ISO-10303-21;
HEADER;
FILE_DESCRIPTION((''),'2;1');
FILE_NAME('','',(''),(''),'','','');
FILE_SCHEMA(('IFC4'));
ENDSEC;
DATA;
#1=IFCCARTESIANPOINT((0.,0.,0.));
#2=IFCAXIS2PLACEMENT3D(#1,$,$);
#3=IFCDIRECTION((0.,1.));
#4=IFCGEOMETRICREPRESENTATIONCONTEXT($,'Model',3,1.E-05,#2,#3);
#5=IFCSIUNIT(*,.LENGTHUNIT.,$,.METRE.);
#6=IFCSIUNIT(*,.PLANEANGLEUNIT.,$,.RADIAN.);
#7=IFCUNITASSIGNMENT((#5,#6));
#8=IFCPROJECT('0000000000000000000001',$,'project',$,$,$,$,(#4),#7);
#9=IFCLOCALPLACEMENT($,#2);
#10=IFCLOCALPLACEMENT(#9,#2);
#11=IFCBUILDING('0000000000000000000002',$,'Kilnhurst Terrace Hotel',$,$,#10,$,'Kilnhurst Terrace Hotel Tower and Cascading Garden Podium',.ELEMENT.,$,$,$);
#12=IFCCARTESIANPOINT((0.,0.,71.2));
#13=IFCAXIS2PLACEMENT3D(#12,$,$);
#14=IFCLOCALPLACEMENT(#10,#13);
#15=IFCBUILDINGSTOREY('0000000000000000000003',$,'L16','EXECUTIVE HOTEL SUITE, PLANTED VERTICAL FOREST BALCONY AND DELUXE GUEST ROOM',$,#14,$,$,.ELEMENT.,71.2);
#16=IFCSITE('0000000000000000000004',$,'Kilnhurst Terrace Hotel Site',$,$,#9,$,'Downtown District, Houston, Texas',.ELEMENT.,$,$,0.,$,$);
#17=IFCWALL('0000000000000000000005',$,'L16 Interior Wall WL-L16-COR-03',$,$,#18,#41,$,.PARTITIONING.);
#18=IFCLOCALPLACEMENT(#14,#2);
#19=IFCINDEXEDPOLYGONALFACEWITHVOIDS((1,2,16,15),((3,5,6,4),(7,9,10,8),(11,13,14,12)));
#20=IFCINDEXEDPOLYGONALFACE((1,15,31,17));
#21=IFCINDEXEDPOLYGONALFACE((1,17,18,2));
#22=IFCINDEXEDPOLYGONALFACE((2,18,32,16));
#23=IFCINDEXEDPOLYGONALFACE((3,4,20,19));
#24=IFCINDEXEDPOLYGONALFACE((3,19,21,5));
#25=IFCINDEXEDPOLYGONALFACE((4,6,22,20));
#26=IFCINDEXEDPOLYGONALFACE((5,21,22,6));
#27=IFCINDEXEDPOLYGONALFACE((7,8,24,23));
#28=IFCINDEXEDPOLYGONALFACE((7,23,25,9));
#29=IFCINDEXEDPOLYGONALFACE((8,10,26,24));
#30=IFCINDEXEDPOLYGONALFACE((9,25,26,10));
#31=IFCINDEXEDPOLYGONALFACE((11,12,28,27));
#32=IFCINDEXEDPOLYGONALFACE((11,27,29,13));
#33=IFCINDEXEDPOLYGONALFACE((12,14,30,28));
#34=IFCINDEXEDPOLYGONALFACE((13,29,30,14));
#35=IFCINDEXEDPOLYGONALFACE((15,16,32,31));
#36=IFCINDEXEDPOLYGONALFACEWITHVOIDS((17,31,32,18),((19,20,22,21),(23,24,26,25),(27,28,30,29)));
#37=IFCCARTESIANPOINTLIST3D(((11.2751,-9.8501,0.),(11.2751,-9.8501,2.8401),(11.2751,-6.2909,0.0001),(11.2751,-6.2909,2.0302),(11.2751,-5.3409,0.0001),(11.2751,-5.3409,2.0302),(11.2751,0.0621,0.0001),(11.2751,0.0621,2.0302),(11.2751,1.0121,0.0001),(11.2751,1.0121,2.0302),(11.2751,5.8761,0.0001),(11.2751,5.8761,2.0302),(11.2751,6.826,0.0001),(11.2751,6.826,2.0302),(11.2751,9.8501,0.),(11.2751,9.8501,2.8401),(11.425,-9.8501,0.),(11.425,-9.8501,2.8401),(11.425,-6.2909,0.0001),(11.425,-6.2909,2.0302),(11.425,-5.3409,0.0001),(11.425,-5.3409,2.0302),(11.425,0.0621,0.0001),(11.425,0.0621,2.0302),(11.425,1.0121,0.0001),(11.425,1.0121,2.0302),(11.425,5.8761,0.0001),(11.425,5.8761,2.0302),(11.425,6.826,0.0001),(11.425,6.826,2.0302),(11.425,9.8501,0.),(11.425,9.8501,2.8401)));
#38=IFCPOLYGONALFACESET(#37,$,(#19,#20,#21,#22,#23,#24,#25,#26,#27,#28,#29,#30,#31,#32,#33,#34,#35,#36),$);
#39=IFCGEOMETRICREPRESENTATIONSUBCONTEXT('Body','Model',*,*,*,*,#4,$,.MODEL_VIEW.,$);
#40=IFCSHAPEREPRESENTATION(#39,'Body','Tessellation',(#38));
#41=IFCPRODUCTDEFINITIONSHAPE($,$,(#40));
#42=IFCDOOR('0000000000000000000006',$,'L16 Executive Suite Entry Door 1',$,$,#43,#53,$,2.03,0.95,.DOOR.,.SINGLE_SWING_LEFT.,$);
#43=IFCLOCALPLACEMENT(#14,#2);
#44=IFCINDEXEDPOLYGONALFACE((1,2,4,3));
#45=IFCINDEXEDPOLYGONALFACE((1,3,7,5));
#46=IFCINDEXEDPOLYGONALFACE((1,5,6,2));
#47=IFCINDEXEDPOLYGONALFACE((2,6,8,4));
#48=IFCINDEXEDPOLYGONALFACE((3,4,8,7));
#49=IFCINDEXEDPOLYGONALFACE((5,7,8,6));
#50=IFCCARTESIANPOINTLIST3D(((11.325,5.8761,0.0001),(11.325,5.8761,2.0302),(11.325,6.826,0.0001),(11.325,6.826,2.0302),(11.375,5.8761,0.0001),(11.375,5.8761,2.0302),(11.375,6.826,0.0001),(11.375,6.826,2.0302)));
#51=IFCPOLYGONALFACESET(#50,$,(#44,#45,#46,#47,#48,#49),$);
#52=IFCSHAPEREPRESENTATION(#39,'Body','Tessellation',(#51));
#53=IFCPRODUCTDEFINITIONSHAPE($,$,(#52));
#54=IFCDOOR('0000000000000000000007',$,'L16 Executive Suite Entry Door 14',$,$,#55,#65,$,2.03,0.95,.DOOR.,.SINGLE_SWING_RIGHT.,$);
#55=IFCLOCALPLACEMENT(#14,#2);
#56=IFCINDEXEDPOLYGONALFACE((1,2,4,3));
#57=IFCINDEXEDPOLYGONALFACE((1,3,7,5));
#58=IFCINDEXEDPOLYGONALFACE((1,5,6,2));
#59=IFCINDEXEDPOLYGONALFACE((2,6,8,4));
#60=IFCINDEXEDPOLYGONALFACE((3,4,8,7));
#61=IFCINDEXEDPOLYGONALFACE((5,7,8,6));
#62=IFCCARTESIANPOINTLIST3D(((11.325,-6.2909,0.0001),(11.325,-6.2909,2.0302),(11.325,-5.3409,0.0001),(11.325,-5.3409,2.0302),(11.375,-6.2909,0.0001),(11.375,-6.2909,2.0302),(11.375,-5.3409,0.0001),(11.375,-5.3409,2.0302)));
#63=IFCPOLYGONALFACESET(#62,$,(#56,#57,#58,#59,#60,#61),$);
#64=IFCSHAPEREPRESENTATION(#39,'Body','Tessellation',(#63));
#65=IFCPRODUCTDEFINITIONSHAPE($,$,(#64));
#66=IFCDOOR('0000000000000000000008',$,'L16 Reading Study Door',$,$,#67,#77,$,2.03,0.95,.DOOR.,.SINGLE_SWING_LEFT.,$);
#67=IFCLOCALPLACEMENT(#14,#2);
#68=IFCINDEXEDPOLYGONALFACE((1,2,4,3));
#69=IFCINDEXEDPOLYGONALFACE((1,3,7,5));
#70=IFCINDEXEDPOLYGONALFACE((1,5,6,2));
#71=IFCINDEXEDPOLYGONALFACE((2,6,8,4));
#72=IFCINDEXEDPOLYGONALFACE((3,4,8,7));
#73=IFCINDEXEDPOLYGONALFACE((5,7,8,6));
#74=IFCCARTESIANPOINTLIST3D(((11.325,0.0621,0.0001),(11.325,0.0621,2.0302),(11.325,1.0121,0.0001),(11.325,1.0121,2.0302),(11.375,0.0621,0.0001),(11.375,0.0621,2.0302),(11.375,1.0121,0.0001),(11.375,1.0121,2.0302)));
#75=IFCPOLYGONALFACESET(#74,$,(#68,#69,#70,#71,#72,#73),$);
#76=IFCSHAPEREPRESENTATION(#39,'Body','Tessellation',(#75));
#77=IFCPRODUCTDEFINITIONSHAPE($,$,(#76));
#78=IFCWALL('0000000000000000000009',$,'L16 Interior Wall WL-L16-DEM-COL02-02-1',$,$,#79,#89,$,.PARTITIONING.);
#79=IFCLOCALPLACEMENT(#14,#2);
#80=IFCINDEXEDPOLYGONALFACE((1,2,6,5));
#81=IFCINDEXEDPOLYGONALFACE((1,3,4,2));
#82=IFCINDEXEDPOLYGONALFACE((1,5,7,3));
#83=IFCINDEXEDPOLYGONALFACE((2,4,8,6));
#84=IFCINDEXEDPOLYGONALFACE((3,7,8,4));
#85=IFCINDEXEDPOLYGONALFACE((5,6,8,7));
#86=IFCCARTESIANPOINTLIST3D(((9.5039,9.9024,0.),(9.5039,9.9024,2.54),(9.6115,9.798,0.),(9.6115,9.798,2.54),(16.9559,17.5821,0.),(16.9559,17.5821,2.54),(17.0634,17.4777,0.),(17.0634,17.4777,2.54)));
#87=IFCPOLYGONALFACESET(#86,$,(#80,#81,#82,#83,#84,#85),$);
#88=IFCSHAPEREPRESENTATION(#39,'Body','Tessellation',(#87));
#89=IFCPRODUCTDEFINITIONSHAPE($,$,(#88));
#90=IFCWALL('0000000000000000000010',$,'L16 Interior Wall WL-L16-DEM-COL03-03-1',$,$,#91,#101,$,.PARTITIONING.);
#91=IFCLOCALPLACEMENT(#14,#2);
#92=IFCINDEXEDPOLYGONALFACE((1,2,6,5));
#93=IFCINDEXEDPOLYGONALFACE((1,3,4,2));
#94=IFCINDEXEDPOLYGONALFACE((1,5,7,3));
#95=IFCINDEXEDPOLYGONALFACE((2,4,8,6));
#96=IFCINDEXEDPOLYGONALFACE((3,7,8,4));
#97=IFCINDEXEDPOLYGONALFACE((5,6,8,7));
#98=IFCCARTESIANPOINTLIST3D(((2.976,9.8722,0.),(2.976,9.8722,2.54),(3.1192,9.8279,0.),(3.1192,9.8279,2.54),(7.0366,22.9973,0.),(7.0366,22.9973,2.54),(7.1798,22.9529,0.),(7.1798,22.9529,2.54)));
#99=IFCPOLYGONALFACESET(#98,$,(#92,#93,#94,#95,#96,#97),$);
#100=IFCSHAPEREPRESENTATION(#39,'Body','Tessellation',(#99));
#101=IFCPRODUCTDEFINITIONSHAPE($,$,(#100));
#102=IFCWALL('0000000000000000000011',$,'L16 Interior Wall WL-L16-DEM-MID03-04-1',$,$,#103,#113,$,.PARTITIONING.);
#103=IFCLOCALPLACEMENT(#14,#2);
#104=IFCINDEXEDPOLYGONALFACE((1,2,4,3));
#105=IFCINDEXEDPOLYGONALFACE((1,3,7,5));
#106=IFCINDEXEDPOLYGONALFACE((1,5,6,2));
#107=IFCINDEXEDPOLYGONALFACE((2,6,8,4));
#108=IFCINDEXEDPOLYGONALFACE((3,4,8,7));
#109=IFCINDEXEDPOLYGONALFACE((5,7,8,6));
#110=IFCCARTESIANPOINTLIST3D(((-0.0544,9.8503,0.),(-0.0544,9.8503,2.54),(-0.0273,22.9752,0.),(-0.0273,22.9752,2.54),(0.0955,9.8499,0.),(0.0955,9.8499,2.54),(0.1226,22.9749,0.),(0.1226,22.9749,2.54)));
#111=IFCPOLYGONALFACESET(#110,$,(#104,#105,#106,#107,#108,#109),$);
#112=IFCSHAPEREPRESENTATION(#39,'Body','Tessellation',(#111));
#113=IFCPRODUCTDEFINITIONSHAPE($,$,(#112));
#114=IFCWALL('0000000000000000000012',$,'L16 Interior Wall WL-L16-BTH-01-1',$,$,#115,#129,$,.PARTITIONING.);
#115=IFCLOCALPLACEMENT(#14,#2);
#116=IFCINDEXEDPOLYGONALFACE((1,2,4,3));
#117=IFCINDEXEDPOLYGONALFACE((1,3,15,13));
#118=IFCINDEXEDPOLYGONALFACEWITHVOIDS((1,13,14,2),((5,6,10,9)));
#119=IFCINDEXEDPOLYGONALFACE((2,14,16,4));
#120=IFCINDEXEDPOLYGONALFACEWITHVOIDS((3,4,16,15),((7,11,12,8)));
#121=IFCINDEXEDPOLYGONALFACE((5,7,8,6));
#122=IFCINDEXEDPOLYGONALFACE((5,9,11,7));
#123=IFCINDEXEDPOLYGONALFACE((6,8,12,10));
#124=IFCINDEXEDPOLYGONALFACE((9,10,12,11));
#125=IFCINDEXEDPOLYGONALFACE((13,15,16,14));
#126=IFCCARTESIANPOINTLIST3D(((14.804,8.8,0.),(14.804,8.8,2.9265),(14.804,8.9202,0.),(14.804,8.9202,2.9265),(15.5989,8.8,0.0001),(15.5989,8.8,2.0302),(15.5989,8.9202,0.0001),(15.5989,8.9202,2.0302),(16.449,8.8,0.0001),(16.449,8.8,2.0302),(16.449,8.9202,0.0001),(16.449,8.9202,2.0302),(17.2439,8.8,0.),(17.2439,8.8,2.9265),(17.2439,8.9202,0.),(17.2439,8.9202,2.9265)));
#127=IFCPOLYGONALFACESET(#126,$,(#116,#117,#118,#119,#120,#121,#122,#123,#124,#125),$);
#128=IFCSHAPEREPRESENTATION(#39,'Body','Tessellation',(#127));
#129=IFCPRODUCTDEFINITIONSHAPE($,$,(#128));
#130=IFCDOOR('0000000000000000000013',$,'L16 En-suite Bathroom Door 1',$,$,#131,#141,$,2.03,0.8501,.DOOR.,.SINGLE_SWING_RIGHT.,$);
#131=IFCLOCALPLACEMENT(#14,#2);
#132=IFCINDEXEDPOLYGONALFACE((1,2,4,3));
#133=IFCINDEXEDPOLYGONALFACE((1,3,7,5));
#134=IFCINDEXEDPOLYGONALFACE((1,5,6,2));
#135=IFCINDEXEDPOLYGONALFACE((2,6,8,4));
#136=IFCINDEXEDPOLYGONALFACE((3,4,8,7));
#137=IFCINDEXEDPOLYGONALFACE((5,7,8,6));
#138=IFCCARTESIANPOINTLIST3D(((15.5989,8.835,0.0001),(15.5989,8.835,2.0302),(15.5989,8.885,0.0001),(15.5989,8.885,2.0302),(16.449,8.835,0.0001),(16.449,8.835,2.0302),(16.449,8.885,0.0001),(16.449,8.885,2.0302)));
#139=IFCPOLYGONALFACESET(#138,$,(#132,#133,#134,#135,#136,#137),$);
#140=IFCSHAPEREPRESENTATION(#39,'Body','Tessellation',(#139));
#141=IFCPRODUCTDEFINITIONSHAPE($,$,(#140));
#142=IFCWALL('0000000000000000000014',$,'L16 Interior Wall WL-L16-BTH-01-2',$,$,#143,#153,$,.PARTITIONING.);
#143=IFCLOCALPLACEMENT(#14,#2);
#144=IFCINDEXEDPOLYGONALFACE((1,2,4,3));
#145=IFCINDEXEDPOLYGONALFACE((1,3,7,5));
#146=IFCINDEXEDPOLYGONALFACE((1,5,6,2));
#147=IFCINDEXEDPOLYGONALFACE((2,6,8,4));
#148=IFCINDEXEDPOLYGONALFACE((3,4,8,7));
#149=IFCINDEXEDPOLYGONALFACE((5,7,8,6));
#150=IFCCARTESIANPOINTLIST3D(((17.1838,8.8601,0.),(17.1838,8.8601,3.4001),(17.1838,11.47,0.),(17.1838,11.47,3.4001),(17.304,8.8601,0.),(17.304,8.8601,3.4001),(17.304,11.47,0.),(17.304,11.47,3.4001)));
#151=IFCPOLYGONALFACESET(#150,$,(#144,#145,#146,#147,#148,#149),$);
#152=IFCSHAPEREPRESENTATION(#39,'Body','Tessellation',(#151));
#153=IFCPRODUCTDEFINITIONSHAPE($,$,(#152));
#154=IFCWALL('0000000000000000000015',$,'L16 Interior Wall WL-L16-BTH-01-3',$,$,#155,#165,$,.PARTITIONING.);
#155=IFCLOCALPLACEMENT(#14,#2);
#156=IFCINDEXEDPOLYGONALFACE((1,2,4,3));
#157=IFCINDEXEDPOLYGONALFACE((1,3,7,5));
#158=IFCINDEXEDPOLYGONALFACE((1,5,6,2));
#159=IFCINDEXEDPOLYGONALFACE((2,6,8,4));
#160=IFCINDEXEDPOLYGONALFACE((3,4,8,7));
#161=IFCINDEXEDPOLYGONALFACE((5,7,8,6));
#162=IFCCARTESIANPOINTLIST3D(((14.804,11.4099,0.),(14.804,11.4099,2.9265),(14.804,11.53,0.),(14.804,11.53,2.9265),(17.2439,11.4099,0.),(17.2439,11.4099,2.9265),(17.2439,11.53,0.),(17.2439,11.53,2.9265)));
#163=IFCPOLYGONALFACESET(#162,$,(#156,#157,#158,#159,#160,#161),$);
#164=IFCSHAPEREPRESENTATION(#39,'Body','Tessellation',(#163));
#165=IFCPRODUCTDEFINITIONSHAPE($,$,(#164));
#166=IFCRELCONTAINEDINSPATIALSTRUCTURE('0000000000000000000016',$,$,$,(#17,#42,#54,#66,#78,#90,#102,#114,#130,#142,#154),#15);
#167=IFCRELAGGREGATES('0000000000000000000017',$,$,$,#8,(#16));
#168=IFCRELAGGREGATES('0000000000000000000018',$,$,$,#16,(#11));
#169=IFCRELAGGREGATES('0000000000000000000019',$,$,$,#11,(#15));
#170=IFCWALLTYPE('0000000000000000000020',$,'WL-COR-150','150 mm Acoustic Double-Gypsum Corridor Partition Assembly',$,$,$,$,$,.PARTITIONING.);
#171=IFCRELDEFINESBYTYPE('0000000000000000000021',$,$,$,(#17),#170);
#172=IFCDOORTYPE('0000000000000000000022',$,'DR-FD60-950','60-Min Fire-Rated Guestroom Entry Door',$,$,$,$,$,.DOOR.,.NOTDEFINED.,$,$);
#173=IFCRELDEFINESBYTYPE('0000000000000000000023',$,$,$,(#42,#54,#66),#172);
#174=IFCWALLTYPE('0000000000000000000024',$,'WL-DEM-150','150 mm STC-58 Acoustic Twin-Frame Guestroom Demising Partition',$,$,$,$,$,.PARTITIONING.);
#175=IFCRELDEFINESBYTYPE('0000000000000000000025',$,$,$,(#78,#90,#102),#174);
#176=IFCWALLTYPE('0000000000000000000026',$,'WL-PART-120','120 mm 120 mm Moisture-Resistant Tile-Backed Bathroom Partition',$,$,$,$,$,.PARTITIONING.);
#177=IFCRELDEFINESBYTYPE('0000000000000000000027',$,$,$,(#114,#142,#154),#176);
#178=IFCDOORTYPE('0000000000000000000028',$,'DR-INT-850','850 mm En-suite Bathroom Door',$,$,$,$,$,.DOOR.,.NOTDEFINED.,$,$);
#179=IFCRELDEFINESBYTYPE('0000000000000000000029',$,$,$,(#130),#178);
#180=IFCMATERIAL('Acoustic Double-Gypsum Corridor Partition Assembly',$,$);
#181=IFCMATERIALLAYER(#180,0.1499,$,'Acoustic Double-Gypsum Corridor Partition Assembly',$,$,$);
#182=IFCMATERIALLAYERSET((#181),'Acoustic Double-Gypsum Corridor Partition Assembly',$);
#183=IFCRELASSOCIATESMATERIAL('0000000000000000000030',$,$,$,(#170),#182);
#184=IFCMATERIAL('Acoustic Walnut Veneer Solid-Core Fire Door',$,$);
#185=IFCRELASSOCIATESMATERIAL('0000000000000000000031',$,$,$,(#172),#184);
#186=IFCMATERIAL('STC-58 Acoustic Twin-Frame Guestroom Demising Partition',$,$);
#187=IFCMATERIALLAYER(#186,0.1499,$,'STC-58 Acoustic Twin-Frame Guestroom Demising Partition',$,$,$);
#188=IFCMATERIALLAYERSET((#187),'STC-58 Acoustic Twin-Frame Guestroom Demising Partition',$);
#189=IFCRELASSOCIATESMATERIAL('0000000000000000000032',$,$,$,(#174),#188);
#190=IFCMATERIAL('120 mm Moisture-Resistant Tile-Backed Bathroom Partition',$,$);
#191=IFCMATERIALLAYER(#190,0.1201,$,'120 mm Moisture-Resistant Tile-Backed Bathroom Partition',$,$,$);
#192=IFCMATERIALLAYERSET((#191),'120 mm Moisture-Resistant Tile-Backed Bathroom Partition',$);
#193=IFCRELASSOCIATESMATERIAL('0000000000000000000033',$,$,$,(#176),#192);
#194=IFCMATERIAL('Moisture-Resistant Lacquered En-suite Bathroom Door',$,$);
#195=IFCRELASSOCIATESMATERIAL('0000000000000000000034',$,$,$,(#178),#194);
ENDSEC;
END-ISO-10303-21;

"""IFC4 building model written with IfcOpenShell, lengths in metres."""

from ifc_helpers import new_model, si_unit, direction, frame, frame_2d, origin, place, context, subcontext, project, spatial, rectangle, extrude, material, layer, layer_set, type_object, element, fill, save


model = new_model("IFC4")

# Units and contexts
model_context = context("Model", 3, precision=1e-05, world=origin(), true_north=direction((0.0, 1.0)))
body_context = subcontext(model_context, "Body", "Model", "MODEL_VIEW")
ifc_project = project(units=[si_unit("LENGTHUNIT", "METRE"), si_unit("PLANEANGLEUNIT", "RADIAN")], contexts=[model_context])

# Site, building, storey
site_placement = place(None, origin())
site = spatial("IfcSite", under=ifc_project, at=site_placement, Name="Kilnhurst Terrace Hotel Site", LongName="Downtown District, Houston, Texas", CompositionType="ELEMENT", RefElevation=0.0)
building_placement = place(site_placement, origin())
building = spatial("IfcBuilding", under=site, at=building_placement, Name="Kilnhurst Terrace Hotel", LongName="Kilnhurst Terrace Hotel Tower and Cascading Garden Podium", CompositionType="ELEMENT")
storey_placement = place(building_placement, frame((0.0, 0.0, 71.2)))
storey = spatial("IfcBuildingStorey", under=building, at=storey_placement, Name="L16", Description="EXECUTIVE HOTEL SUITE, PLANTED VERTICAL FOREST BALCONY AND DELUXE GUEST ROOM", CompositionType="ELEMENT", Elevation=71.2)

# Wall, openings, doors
ifc_material_1 = material(Name="Acoustic Double-Gypsum Corridor Partition Assembly")
ifc_layer_1 = layer(ifc_material_1, 0.1499, Name="Acoustic Double-Gypsum Corridor Partition Assembly")
ifc_layer_set_1 = layer_set([ifc_layer_1], Name="Acoustic Double-Gypsum Corridor Partition Assembly")
wall_type_1 = type_object("IfcWallType", Name="WL-COR-150", Description="150 mm Acoustic Double-Gypsum Corridor Partition Assembly", PredefinedType="PARTITIONING", material=ifc_layer_set_1)
wall_1_placement = place(storey_placement, frame((11.3501, 9.8501, 0.0), z_axis=(0.0, 0.0, 1.0), x_axis=(0.0, -1.0, 0.0)))
wall_1 = element("IfcWall", 1, at=wall_1_placement, inside=storey, type_object=wall_type_1, Name="L16 Interior Wall WL-L16-COR-03", PredefinedType="PARTITIONING", context=body_context, shape_type="SweptSolid", body=[
    extrude(rectangle(XDim=19.7002, YDim=0.1499, at=frame_2d((9.8501, 0.0))), origin(), (0.0, 0.0, 1.0), 2.8401),
])
opening_1_placement = place(wall_1_placement, frame((3.0239, 0.0, 0.0)))
opening_1 = element("IfcOpeningElement", 2, at=opening_1_placement, cuts=wall_1, PredefinedType="OPENING", context=body_context, shape_type="SweptSolid", body=[
    extrude(rectangle(XDim=0.95, YDim=2.03, at=frame_2d((0.4751, 1.0151))), frame((0.0, 0.085, 0.0), z_axis=(0.0, -1.0, 0.0), x_axis=(1.0, 0.0, 0.0)), (0.0, 0.0, 1.0), 0.1699),
])
opening_2_placement = place(wall_1_placement, frame((15.1909, 0.0, 0.0)))
opening_2 = element("IfcOpeningElement", 3, at=opening_2_placement, cuts=wall_1, PredefinedType="OPENING", context=body_context, shape_type="SweptSolid", body=[
    extrude(rectangle(XDim=0.95, YDim=2.03, at=frame_2d((0.4751, 1.0151))), frame((0.0, 0.085, 0.0), z_axis=(0.0, -1.0, 0.0), x_axis=(1.0, 0.0, 0.0)), (0.0, 0.0, 1.0), 0.1699),
])
opening_3_placement = place(wall_1_placement, frame((8.8379, 0.0, 0.0)))
opening_3 = element("IfcOpeningElement", 4, at=opening_3_placement, cuts=wall_1, PredefinedType="OPENING", context=body_context, shape_type="SweptSolid", body=[
    extrude(rectangle(XDim=0.95, YDim=2.03, at=frame_2d((0.4751, 1.0151))), frame((0.0, 0.085, 0.0), z_axis=(0.0, -1.0, 0.0), x_axis=(1.0, 0.0, 0.0)), (0.0, 0.0, 1.0), 0.1699),
])
ifc_material_2 = material(Name="Acoustic Walnut Veneer Solid-Core Fire Door")
door_type_1 = type_object("IfcDoorType", Name="DR-FD60-950", Description="60-Min Fire-Rated Guestroom Entry Door", OperationType="NOTDEFINED", PredefinedType="DOOR", material=ifc_material_2)
door_1_placement = place(opening_1_placement, origin())
door_1 = element("IfcDoor", 5, at=door_1_placement, inside=storey, type_object=door_type_1, Name="L16 Executive Suite Entry Door 1", OperationType="SINGLE_SWING_LEFT", OverallHeight=2.03, OverallWidth=0.95, PredefinedType="DOOR", context=body_context, shape_type="SweptSolid", body=[
    extrude(rectangle(XDim=0.95, YDim=2.03, at=frame_2d((0.4751, 1.0151))), frame((0.0, 0.0249, 0.0), z_axis=(0.0, -1.0, 0.0), x_axis=(1.0, 0.0, 0.0)), (0.0, 0.0, 1.0), 0.05),
])
fill(opening_1, door_1)
door_2_placement = place(opening_2_placement, origin())
door_2 = element("IfcDoor", 6, at=door_2_placement, inside=storey, type_object=door_type_1, Name="L16 Executive Suite Entry Door 14", OperationType="SINGLE_SWING_RIGHT", OverallHeight=2.03, OverallWidth=0.95, PredefinedType="DOOR", context=body_context, shape_type="SweptSolid", body=[
    extrude(rectangle(XDim=0.95, YDim=2.03, at=frame_2d((0.4751, 1.0151))), frame((0.0, 0.0249, 0.0), z_axis=(0.0, -1.0, 0.0), x_axis=(1.0, 0.0, 0.0)), (0.0, 0.0, 1.0), 0.05),
])
fill(opening_2, door_2)
door_3_placement = place(opening_3_placement, origin())
door_3 = element("IfcDoor", 7, at=door_3_placement, inside=storey, type_object=door_type_1, Name="L16 Reading Study Door", OperationType="SINGLE_SWING_LEFT", OverallHeight=2.03, OverallWidth=0.95, PredefinedType="DOOR", context=body_context, shape_type="SweptSolid", body=[
    extrude(rectangle(XDim=0.95, YDim=2.03, at=frame_2d((0.4751, 1.0151))), frame((0.0, 0.0249, 0.0), z_axis=(0.0, -1.0, 0.0), x_axis=(1.0, 0.0, 0.0)), (0.0, 0.0, 1.0), 0.05),
])
fill(opening_3, door_3)

# Walls
ifc_material_3 = material(Name="STC-58 Acoustic Twin-Frame Guestroom Demising Partition")
ifc_layer_2 = layer(ifc_material_3, 0.1499, Name="STC-58 Acoustic Twin-Frame Guestroom Demising Partition")
ifc_layer_set_2 = layer_set([ifc_layer_2], Name="STC-58 Acoustic Twin-Frame Guestroom Demising Partition")
wall_type_2 = type_object("IfcWallType", Name="WL-DEM-150", Description="150 mm STC-58 Acoustic Twin-Frame Guestroom Demising Partition", PredefinedType="PARTITIONING", material=ifc_layer_set_2)
wall_2_placement = place(storey_placement, frame((9.5576, 9.8501, 0.0), z_axis=(0.0, 0.0, 1.0), x_axis=(0.696383, 0.71767, 0.0)))
element("IfcWall", 8, at=wall_2_placement, inside=storey, type_object=wall_type_2, Name="L16 Interior Wall WL-L16-DEM-COL02-02-1", PredefinedType="PARTITIONING", context=body_context, shape_type="SweptSolid", body=[
    extrude(rectangle(XDim=10.7009, YDim=0.1499, at=frame_2d((5.3506, 0.0))), origin(), (0.0, 0.0, 1.0), 2.54),
])
wall_3_placement = place(storey_placement, frame((3.0476, 9.8501, 0.0), z_axis=(0.0, 0.0, 1.0), x_axis=(0.295554, 0.955326, 0.0)))
element("IfcWall", 9, at=wall_3_placement, inside=storey, type_object=wall_type_2, Name="L16 Interior Wall WL-L16-DEM-COL03-03-1", PredefinedType="PARTITIONING", context=body_context, shape_type="SweptSolid", body=[
    extrude(rectangle(XDim=13.7388, YDim=0.1499, at=frame_2d((6.8694, 0.0))), origin(), (0.0, 0.0, 1.0), 2.54),
])
wall_4_placement = place(storey_placement, frame((0.0205, 9.8501, 0.0), z_axis=(0.0, 0.0, 1.0), x_axis=(0.002065, 0.999998, 0.0)))
element("IfcWall", 10, at=wall_4_placement, inside=storey, type_object=wall_type_2, Name="L16 Interior Wall WL-L16-DEM-MID03-04-1", PredefinedType="PARTITIONING", context=body_context, shape_type="SweptSolid", body=[
    extrude(rectangle(XDim=13.125, YDim=0.1499, at=frame_2d((6.5625, 0.0))), origin(), (0.0, 0.0, 1.0), 2.54),
])

# Wall, opening, door
ifc_material_4 = material(Name="120 mm Moisture-Resistant Tile-Backed Bathroom Partition")
ifc_layer_3 = layer(ifc_material_4, 0.1201, Name="120 mm Moisture-Resistant Tile-Backed Bathroom Partition")
ifc_layer_set_3 = layer_set([ifc_layer_3], Name="120 mm Moisture-Resistant Tile-Backed Bathroom Partition")
wall_type_3 = type_object("IfcWallType", Name="WL-PART-120", Description="120 mm 120 mm Moisture-Resistant Tile-Backed Bathroom Partition", PredefinedType="PARTITIONING", material=ifc_layer_set_3)
wall_5_placement = place(storey_placement, frame((14.804, 8.8601, 0.0), z_axis=(0.0, 0.0, 1.0), x_axis=(1.0, 0.0, 0.0)))
wall_5 = element("IfcWall", 11, at=wall_5_placement, inside=storey, type_object=wall_type_3, Name="L16 Interior Wall WL-L16-BTH-01-1", PredefinedType="PARTITIONING", context=body_context, shape_type="SweptSolid", body=[
    extrude(rectangle(XDim=2.4399, YDim=0.1201, at=frame_2d((1.22, 0.0))), origin(), (0.0, 0.0, 1.0), 2.9265),
])
opening_4_placement = place(wall_5_placement, frame((0.7949, 0.0, 0.0)))
opening_4 = element("IfcOpeningElement", 12, at=opening_4_placement, cuts=wall_5, PredefinedType="OPENING", context=body_context, shape_type="SweptSolid", body=[
    extrude(rectangle(XDim=0.8501, YDim=2.03, at=frame_2d((0.425, 1.0151))), frame((0.0, 0.0701, 0.0), z_axis=(0.0, -1.0, 0.0), x_axis=(1.0, 0.0, 0.0)), (0.0, 0.0, 1.0), 0.1401),
])
ifc_material_5 = material(Name="Moisture-Resistant Lacquered En-suite Bathroom Door")
door_type_2 = type_object("IfcDoorType", Name="DR-INT-850", Description="850 mm En-suite Bathroom Door", OperationType="NOTDEFINED", PredefinedType="DOOR", material=ifc_material_5)
door_4_placement = place(opening_4_placement, origin())
door_4 = element("IfcDoor", 13, at=door_4_placement, inside=storey, type_object=door_type_2, Name="L16 En-suite Bathroom Door 1", OperationType="SINGLE_SWING_RIGHT", OverallHeight=2.03, OverallWidth=0.8501, PredefinedType="DOOR", context=body_context, shape_type="SweptSolid", body=[
    extrude(rectangle(XDim=0.8501, YDim=2.03, at=frame_2d((0.425, 1.0151))), frame((0.0, 0.0249, 0.0), z_axis=(0.0, -1.0, 0.0), x_axis=(1.0, 0.0, 0.0)), (0.0, 0.0, 1.0), 0.05),
])
fill(opening_4, door_4)

# Walls
wall_6_placement = place(storey_placement, frame((17.2439, 8.8601, 0.0), z_axis=(0.0, 0.0, 1.0), x_axis=(0.0, 1.0, 0.0)))
element("IfcWall", 14, at=wall_6_placement, inside=storey, type_object=wall_type_3, Name="L16 Interior Wall WL-L16-BTH-01-2", PredefinedType="PARTITIONING", context=body_context, shape_type="SweptSolid", body=[
    extrude(rectangle(XDim=2.6099, YDim=0.1201, at=frame_2d((1.3049, 0.0))), origin(), (0.0, 0.0, 1.0), 3.4001),
])
wall_7_placement = place(storey_placement, frame((17.2439, 11.47, 0.0), z_axis=(0.0, 0.0, 1.0), x_axis=(-1.0, 0.0, 0.0)))
element("IfcWall", 15, at=wall_7_placement, inside=storey, type_object=wall_type_3, Name="L16 Interior Wall WL-L16-BTH-01-3", PredefinedType="PARTITIONING", context=body_context, shape_type="SweptSolid", body=[
    extrude(rectangle(XDim=2.4399, YDim=0.1201, at=frame_2d((1.22, 0.0))), origin(), (0.0, 0.0, 1.0), 2.9265),
])

save(model, "model.ifc")
